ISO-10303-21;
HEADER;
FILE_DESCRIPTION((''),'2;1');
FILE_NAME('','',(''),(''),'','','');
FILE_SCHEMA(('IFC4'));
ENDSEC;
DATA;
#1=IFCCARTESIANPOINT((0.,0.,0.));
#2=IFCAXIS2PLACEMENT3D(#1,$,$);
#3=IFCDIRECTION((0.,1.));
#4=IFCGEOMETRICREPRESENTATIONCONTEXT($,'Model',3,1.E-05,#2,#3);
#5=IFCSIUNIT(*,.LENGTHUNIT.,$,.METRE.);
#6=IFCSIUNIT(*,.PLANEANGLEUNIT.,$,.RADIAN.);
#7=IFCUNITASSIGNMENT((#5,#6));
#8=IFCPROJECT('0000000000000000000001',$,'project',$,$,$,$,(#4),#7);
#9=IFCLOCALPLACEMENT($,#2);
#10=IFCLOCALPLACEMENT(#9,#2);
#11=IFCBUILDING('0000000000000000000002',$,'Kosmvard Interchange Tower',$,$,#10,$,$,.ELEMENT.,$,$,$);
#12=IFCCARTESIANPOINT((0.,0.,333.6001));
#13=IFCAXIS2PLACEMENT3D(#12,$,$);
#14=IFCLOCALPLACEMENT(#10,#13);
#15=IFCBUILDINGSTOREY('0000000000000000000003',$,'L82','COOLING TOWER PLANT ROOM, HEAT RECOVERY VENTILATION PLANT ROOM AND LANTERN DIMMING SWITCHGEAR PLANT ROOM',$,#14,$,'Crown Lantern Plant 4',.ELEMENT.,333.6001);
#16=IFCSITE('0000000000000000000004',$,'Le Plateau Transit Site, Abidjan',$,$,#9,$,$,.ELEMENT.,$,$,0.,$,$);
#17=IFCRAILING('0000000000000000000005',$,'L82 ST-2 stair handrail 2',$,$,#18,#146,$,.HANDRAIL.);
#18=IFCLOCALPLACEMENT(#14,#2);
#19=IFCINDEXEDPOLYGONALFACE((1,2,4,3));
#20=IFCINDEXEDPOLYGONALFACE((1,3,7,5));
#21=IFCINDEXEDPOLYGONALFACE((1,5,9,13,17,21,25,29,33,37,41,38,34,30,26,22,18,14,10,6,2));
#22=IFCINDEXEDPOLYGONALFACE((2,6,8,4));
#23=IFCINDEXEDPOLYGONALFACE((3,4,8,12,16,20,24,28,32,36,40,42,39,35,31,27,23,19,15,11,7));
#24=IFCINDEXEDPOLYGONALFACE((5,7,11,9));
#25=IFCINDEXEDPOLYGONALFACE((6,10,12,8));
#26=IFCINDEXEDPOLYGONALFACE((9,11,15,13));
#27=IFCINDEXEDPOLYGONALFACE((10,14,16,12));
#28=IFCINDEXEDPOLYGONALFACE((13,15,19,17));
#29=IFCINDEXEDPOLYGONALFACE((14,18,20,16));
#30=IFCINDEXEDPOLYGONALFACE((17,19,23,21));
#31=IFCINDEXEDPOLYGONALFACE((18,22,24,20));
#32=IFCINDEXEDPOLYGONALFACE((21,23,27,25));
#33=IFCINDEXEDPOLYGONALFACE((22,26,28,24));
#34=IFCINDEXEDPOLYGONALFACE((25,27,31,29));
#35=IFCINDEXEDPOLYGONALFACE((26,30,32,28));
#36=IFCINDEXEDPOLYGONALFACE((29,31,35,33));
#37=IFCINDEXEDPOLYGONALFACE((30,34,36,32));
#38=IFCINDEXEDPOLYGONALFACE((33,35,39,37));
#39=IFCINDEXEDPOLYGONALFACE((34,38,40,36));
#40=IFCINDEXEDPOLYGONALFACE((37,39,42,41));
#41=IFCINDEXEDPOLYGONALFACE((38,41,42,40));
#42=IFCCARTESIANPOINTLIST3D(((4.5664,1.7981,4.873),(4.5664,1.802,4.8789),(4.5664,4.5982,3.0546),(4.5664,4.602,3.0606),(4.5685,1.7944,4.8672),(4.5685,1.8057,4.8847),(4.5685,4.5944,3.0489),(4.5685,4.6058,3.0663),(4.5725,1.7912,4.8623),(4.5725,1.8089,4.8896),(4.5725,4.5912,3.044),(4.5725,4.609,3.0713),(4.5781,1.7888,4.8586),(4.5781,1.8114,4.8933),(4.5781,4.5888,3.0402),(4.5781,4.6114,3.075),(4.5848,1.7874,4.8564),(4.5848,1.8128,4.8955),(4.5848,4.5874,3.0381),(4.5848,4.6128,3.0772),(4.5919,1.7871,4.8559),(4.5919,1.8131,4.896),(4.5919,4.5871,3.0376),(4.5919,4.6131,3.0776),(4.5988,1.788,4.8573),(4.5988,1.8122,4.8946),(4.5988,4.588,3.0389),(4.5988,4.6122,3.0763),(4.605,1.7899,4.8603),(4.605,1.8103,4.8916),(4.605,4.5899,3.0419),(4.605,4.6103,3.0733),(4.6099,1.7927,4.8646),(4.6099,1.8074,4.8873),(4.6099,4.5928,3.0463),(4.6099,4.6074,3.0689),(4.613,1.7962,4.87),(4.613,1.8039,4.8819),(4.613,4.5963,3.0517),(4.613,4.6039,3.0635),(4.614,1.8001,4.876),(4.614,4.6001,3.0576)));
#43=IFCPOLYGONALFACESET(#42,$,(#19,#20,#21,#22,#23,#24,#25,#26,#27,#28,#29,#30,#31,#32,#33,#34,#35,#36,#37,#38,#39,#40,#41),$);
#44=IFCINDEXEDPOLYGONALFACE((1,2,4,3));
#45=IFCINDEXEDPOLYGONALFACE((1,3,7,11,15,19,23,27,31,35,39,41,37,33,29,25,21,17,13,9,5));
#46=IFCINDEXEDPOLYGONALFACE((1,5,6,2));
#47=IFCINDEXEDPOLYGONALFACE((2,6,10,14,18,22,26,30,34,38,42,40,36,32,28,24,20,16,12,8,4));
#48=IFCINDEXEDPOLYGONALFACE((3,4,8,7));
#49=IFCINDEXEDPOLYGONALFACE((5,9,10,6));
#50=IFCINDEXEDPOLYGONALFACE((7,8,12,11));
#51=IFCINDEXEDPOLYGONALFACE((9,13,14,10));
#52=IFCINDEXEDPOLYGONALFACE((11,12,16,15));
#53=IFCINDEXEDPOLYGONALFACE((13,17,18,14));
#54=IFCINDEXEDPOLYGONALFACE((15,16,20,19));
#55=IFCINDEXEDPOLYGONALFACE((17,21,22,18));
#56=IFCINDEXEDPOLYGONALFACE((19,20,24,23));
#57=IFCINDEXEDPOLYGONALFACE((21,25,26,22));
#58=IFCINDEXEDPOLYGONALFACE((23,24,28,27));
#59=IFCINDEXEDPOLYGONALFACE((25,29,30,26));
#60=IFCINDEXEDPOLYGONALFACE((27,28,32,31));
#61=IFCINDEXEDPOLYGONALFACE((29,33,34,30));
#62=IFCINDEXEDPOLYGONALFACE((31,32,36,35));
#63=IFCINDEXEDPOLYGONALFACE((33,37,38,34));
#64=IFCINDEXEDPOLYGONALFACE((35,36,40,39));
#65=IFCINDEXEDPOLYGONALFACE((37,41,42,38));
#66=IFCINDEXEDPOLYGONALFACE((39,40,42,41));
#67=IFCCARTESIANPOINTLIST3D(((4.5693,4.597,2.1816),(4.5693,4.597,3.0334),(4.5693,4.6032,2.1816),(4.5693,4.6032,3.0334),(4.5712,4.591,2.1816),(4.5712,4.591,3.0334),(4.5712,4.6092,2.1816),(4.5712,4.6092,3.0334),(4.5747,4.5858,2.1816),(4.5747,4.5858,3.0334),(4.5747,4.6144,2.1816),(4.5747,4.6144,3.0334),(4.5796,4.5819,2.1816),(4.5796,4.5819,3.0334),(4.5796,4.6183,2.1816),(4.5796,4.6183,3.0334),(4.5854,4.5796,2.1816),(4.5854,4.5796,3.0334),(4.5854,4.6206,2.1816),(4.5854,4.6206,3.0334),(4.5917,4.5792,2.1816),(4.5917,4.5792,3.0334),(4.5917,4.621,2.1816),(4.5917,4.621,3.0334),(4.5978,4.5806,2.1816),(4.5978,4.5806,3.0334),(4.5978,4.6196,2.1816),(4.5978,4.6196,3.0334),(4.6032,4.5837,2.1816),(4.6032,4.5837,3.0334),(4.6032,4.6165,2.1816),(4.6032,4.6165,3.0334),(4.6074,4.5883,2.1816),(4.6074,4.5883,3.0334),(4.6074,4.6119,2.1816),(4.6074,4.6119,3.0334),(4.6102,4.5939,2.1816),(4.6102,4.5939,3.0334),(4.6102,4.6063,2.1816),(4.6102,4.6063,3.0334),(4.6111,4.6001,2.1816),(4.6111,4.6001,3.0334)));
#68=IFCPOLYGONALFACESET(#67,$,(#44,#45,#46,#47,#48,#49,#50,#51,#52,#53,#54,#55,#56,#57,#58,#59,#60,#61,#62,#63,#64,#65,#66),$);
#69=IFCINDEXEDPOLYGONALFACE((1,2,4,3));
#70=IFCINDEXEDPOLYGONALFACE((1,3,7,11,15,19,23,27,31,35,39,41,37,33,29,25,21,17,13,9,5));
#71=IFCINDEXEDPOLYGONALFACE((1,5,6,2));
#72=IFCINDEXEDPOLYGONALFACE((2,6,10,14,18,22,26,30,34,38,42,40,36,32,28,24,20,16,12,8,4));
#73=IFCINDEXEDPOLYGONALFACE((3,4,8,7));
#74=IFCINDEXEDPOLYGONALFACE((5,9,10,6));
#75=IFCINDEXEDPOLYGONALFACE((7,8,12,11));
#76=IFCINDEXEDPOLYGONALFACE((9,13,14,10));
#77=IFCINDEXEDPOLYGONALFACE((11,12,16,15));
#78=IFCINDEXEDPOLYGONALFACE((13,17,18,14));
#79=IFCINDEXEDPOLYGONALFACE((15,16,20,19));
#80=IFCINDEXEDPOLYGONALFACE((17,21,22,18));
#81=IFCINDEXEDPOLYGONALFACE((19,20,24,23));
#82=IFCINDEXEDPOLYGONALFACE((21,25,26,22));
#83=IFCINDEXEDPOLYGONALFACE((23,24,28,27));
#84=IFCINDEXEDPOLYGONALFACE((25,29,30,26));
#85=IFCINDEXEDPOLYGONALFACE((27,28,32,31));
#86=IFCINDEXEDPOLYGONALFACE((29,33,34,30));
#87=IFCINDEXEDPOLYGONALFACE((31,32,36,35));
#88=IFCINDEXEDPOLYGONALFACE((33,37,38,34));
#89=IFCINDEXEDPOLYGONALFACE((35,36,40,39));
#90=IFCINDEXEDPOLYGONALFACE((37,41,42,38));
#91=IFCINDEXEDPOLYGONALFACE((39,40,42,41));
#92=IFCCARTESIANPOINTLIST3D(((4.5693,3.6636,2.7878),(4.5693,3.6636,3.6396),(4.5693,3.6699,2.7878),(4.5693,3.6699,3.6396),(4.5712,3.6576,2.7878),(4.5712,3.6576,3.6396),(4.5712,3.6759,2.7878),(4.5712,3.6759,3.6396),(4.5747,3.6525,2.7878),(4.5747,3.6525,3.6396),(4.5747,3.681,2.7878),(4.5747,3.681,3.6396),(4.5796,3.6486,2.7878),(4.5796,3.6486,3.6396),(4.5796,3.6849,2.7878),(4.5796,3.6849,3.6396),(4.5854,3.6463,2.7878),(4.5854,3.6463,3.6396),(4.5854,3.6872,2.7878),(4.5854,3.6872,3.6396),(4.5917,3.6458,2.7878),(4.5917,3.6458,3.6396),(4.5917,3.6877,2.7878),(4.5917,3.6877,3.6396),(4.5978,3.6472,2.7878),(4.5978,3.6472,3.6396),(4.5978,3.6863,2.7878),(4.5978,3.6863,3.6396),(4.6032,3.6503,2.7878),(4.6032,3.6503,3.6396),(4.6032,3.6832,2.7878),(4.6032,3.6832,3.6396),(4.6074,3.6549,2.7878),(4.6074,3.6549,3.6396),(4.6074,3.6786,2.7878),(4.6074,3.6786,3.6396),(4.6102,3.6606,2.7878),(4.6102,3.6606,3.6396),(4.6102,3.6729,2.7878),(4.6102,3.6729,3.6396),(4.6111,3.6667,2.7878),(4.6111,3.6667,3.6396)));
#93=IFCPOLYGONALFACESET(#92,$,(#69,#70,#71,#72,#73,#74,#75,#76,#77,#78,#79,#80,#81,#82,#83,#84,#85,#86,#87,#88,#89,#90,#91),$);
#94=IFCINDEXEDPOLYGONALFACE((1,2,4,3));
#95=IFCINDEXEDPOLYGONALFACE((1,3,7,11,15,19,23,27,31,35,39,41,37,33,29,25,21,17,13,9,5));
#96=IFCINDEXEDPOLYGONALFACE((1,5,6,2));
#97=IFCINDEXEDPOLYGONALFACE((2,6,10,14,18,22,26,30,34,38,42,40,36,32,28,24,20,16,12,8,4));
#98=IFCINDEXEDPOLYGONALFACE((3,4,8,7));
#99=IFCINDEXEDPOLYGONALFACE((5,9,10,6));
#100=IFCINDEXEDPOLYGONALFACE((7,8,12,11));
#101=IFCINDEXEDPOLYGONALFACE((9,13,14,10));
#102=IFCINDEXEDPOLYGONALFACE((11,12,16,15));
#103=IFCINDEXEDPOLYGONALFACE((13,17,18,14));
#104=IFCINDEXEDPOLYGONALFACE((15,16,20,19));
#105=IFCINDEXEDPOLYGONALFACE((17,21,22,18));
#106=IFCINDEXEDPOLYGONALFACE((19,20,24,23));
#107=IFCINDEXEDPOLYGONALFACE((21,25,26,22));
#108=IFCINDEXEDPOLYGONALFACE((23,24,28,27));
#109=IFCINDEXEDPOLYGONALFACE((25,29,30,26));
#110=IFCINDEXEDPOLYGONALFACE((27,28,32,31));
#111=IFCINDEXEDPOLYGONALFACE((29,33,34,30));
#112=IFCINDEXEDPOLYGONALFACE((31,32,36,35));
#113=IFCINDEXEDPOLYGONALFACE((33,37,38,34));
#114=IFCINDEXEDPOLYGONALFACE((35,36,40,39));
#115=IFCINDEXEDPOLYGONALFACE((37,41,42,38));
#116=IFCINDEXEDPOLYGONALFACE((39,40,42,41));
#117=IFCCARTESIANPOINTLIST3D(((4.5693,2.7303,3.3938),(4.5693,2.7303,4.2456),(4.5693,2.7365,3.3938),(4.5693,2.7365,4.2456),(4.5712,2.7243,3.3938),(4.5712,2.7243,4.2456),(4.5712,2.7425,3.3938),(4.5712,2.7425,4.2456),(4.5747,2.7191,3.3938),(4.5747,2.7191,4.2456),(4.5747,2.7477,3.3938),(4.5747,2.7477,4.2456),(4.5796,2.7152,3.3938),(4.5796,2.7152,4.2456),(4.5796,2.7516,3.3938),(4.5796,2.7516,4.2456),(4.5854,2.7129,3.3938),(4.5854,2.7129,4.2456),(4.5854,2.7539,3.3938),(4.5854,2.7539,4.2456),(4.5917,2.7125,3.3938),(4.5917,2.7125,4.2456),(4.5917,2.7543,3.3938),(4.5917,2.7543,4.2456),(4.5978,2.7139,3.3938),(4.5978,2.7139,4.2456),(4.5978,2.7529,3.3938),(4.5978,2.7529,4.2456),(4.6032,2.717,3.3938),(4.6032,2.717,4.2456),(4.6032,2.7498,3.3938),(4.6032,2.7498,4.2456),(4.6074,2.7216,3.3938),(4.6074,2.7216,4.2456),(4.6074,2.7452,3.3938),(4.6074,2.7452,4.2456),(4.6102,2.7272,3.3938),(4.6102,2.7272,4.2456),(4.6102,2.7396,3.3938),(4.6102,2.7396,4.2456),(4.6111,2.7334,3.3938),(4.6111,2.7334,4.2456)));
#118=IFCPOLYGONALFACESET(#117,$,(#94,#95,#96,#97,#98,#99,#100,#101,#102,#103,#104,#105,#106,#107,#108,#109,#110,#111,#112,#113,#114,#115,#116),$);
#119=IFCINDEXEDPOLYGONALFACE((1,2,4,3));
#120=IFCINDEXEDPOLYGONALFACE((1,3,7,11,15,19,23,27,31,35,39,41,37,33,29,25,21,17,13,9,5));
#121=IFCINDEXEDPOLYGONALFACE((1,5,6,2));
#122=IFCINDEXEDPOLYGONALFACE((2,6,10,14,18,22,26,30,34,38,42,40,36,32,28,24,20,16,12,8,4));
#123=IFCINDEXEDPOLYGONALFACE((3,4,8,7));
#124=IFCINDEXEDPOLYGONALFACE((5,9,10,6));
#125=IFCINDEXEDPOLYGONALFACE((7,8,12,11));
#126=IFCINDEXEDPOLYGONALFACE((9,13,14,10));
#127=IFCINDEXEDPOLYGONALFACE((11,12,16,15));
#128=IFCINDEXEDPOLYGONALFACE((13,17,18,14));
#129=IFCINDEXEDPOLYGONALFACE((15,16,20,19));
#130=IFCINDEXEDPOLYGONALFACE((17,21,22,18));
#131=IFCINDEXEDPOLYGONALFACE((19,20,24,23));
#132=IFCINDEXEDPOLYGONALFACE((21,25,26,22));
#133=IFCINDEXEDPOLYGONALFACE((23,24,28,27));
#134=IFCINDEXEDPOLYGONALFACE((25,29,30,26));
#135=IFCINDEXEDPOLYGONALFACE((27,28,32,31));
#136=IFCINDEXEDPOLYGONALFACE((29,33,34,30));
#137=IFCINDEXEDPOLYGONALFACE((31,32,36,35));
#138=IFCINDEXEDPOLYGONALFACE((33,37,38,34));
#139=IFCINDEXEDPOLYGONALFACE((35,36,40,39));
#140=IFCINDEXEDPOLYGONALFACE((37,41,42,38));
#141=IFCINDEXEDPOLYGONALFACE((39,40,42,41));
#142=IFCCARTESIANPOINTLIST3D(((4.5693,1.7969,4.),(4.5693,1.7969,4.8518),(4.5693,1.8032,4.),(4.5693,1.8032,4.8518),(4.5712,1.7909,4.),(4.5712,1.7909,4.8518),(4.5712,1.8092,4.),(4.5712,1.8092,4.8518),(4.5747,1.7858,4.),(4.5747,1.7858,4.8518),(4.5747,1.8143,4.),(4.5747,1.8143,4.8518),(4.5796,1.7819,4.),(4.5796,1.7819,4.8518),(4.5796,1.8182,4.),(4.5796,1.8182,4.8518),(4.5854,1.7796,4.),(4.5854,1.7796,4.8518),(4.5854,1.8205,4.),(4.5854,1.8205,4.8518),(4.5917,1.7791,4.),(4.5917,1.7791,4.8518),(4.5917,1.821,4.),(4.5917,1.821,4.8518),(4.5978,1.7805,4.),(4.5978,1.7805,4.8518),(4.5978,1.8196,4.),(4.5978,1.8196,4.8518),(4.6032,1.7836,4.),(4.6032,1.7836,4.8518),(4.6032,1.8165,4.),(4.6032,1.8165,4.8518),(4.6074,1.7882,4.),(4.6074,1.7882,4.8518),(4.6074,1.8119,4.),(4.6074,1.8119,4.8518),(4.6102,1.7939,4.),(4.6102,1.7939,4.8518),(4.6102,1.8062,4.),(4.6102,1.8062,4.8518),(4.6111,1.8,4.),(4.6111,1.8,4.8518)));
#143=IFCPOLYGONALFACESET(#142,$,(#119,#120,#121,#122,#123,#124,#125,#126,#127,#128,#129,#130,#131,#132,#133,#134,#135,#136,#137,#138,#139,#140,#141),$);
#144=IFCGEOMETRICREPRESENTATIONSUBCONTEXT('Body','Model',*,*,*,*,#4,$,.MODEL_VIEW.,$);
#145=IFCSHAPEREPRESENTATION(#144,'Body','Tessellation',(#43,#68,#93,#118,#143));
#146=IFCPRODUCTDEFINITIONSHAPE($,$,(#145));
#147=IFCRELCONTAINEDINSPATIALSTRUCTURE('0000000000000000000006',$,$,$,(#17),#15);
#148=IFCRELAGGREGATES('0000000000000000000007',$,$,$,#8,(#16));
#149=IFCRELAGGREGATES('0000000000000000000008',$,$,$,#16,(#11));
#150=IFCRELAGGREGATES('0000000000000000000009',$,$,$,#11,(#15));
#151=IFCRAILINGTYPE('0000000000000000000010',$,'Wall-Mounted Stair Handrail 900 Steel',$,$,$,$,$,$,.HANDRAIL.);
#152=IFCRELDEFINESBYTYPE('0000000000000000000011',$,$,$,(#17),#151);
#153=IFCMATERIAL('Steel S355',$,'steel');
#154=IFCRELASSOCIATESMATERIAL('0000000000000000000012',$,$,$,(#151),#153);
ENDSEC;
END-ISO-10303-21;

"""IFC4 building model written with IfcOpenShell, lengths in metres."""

from ifc_helpers import new_model, si_unit, direction, frame, origin, origin_2d, place, context, subcontext, project, spatial, circle, extrude, source, transform, mapped, material, type_object, element, save


model = new_model("IFC4")

# Units and contexts
model_context = context("Model", 3, precision=1e-05, world=origin(), true_north=direction((0.0, 1.0)))
body_context = subcontext(model_context, "Body", "Model", "MODEL_VIEW")
ifc_project = project(units=[si_unit("LENGTHUNIT", "METRE"), si_unit("PLANEANGLEUNIT", "RADIAN")], contexts=[model_context])

# Site, building, storey
site_placement = place(None, origin())
site = spatial("IfcSite", under=ifc_project, at=site_placement, Name="Le Plateau Transit Site, Abidjan", CompositionType="ELEMENT", RefElevation=0.0)
building_placement = place(site_placement, origin())
building = spatial("IfcBuilding", under=site, at=building_placement, Name="Kosmvard Interchange Tower", CompositionType="ELEMENT")
storey_placement = place(building_placement, frame((0.0, 0.0, 333.6001)))
storey = spatial("IfcBuildingStorey", under=building, at=storey_placement, Name="L82", Description="COOLING TOWER PLANT ROOM, HEAT RECOVERY VENTILATION PLANT ROOM AND LANTERN DIMMING SWITCHGEAR PLANT ROOM", LongName="Crown Lantern Plant 4", CompositionType="ELEMENT", Elevation=333.6001)

# Shared definitions
ifc_material_1 = material(Name="Steel S355", Category="steel")

# Railing
railing_type_1 = type_object("IfcRailingType", Name="Wall-Mounted Stair Handrail 900 Steel", PredefinedType="HANDRAIL", material=ifc_material_1)
shared_shape_1 = source(origin(), body_context, "Body", "SweptSolid", [
    extrude(circle(Radius=0.0239, at=origin_2d()), frame((0.0, 0.0, 0.876), z_axis=(0.0, -0.838672, 0.544636), x_axis=(1.0, 0.0, 0.0)), (0.0, 0.0, 1.0), 3.3386),
    extrude(circle(Radius=0.021, at=origin_2d()), origin(), (0.0, 0.0, 1.0), 0.8518),
    extrude(circle(Radius=0.021, at=origin_2d()), frame((0.0, -0.9333, 0.6062)), (0.0, 0.0, 1.0), 0.8518),
    extrude(circle(Radius=0.021, at=origin_2d()), frame((0.0, -1.8667, 1.2122)), (0.0, 0.0, 1.0), 0.8518),
    extrude(circle(Radius=0.021, at=origin_2d()), frame((0.0, -2.8, 1.8184)), (0.0, 0.0, 1.0), 0.8518),
])
railing_1_placement = place(storey_placement, frame((4.5901, 4.6001, 2.1816)))
element("IfcRailing", 1, at=railing_1_placement, inside=storey, type_object=railing_type_1, Name="L82 ST-2 stair handrail 2", PredefinedType="HANDRAIL", context=body_context, shape_type="MappedRepresentation", body=[
    mapped(shared_shape_1, transform((0.0, 0.0, 0.0), scale=1.0)),
])

save(model, "model.ifc")
